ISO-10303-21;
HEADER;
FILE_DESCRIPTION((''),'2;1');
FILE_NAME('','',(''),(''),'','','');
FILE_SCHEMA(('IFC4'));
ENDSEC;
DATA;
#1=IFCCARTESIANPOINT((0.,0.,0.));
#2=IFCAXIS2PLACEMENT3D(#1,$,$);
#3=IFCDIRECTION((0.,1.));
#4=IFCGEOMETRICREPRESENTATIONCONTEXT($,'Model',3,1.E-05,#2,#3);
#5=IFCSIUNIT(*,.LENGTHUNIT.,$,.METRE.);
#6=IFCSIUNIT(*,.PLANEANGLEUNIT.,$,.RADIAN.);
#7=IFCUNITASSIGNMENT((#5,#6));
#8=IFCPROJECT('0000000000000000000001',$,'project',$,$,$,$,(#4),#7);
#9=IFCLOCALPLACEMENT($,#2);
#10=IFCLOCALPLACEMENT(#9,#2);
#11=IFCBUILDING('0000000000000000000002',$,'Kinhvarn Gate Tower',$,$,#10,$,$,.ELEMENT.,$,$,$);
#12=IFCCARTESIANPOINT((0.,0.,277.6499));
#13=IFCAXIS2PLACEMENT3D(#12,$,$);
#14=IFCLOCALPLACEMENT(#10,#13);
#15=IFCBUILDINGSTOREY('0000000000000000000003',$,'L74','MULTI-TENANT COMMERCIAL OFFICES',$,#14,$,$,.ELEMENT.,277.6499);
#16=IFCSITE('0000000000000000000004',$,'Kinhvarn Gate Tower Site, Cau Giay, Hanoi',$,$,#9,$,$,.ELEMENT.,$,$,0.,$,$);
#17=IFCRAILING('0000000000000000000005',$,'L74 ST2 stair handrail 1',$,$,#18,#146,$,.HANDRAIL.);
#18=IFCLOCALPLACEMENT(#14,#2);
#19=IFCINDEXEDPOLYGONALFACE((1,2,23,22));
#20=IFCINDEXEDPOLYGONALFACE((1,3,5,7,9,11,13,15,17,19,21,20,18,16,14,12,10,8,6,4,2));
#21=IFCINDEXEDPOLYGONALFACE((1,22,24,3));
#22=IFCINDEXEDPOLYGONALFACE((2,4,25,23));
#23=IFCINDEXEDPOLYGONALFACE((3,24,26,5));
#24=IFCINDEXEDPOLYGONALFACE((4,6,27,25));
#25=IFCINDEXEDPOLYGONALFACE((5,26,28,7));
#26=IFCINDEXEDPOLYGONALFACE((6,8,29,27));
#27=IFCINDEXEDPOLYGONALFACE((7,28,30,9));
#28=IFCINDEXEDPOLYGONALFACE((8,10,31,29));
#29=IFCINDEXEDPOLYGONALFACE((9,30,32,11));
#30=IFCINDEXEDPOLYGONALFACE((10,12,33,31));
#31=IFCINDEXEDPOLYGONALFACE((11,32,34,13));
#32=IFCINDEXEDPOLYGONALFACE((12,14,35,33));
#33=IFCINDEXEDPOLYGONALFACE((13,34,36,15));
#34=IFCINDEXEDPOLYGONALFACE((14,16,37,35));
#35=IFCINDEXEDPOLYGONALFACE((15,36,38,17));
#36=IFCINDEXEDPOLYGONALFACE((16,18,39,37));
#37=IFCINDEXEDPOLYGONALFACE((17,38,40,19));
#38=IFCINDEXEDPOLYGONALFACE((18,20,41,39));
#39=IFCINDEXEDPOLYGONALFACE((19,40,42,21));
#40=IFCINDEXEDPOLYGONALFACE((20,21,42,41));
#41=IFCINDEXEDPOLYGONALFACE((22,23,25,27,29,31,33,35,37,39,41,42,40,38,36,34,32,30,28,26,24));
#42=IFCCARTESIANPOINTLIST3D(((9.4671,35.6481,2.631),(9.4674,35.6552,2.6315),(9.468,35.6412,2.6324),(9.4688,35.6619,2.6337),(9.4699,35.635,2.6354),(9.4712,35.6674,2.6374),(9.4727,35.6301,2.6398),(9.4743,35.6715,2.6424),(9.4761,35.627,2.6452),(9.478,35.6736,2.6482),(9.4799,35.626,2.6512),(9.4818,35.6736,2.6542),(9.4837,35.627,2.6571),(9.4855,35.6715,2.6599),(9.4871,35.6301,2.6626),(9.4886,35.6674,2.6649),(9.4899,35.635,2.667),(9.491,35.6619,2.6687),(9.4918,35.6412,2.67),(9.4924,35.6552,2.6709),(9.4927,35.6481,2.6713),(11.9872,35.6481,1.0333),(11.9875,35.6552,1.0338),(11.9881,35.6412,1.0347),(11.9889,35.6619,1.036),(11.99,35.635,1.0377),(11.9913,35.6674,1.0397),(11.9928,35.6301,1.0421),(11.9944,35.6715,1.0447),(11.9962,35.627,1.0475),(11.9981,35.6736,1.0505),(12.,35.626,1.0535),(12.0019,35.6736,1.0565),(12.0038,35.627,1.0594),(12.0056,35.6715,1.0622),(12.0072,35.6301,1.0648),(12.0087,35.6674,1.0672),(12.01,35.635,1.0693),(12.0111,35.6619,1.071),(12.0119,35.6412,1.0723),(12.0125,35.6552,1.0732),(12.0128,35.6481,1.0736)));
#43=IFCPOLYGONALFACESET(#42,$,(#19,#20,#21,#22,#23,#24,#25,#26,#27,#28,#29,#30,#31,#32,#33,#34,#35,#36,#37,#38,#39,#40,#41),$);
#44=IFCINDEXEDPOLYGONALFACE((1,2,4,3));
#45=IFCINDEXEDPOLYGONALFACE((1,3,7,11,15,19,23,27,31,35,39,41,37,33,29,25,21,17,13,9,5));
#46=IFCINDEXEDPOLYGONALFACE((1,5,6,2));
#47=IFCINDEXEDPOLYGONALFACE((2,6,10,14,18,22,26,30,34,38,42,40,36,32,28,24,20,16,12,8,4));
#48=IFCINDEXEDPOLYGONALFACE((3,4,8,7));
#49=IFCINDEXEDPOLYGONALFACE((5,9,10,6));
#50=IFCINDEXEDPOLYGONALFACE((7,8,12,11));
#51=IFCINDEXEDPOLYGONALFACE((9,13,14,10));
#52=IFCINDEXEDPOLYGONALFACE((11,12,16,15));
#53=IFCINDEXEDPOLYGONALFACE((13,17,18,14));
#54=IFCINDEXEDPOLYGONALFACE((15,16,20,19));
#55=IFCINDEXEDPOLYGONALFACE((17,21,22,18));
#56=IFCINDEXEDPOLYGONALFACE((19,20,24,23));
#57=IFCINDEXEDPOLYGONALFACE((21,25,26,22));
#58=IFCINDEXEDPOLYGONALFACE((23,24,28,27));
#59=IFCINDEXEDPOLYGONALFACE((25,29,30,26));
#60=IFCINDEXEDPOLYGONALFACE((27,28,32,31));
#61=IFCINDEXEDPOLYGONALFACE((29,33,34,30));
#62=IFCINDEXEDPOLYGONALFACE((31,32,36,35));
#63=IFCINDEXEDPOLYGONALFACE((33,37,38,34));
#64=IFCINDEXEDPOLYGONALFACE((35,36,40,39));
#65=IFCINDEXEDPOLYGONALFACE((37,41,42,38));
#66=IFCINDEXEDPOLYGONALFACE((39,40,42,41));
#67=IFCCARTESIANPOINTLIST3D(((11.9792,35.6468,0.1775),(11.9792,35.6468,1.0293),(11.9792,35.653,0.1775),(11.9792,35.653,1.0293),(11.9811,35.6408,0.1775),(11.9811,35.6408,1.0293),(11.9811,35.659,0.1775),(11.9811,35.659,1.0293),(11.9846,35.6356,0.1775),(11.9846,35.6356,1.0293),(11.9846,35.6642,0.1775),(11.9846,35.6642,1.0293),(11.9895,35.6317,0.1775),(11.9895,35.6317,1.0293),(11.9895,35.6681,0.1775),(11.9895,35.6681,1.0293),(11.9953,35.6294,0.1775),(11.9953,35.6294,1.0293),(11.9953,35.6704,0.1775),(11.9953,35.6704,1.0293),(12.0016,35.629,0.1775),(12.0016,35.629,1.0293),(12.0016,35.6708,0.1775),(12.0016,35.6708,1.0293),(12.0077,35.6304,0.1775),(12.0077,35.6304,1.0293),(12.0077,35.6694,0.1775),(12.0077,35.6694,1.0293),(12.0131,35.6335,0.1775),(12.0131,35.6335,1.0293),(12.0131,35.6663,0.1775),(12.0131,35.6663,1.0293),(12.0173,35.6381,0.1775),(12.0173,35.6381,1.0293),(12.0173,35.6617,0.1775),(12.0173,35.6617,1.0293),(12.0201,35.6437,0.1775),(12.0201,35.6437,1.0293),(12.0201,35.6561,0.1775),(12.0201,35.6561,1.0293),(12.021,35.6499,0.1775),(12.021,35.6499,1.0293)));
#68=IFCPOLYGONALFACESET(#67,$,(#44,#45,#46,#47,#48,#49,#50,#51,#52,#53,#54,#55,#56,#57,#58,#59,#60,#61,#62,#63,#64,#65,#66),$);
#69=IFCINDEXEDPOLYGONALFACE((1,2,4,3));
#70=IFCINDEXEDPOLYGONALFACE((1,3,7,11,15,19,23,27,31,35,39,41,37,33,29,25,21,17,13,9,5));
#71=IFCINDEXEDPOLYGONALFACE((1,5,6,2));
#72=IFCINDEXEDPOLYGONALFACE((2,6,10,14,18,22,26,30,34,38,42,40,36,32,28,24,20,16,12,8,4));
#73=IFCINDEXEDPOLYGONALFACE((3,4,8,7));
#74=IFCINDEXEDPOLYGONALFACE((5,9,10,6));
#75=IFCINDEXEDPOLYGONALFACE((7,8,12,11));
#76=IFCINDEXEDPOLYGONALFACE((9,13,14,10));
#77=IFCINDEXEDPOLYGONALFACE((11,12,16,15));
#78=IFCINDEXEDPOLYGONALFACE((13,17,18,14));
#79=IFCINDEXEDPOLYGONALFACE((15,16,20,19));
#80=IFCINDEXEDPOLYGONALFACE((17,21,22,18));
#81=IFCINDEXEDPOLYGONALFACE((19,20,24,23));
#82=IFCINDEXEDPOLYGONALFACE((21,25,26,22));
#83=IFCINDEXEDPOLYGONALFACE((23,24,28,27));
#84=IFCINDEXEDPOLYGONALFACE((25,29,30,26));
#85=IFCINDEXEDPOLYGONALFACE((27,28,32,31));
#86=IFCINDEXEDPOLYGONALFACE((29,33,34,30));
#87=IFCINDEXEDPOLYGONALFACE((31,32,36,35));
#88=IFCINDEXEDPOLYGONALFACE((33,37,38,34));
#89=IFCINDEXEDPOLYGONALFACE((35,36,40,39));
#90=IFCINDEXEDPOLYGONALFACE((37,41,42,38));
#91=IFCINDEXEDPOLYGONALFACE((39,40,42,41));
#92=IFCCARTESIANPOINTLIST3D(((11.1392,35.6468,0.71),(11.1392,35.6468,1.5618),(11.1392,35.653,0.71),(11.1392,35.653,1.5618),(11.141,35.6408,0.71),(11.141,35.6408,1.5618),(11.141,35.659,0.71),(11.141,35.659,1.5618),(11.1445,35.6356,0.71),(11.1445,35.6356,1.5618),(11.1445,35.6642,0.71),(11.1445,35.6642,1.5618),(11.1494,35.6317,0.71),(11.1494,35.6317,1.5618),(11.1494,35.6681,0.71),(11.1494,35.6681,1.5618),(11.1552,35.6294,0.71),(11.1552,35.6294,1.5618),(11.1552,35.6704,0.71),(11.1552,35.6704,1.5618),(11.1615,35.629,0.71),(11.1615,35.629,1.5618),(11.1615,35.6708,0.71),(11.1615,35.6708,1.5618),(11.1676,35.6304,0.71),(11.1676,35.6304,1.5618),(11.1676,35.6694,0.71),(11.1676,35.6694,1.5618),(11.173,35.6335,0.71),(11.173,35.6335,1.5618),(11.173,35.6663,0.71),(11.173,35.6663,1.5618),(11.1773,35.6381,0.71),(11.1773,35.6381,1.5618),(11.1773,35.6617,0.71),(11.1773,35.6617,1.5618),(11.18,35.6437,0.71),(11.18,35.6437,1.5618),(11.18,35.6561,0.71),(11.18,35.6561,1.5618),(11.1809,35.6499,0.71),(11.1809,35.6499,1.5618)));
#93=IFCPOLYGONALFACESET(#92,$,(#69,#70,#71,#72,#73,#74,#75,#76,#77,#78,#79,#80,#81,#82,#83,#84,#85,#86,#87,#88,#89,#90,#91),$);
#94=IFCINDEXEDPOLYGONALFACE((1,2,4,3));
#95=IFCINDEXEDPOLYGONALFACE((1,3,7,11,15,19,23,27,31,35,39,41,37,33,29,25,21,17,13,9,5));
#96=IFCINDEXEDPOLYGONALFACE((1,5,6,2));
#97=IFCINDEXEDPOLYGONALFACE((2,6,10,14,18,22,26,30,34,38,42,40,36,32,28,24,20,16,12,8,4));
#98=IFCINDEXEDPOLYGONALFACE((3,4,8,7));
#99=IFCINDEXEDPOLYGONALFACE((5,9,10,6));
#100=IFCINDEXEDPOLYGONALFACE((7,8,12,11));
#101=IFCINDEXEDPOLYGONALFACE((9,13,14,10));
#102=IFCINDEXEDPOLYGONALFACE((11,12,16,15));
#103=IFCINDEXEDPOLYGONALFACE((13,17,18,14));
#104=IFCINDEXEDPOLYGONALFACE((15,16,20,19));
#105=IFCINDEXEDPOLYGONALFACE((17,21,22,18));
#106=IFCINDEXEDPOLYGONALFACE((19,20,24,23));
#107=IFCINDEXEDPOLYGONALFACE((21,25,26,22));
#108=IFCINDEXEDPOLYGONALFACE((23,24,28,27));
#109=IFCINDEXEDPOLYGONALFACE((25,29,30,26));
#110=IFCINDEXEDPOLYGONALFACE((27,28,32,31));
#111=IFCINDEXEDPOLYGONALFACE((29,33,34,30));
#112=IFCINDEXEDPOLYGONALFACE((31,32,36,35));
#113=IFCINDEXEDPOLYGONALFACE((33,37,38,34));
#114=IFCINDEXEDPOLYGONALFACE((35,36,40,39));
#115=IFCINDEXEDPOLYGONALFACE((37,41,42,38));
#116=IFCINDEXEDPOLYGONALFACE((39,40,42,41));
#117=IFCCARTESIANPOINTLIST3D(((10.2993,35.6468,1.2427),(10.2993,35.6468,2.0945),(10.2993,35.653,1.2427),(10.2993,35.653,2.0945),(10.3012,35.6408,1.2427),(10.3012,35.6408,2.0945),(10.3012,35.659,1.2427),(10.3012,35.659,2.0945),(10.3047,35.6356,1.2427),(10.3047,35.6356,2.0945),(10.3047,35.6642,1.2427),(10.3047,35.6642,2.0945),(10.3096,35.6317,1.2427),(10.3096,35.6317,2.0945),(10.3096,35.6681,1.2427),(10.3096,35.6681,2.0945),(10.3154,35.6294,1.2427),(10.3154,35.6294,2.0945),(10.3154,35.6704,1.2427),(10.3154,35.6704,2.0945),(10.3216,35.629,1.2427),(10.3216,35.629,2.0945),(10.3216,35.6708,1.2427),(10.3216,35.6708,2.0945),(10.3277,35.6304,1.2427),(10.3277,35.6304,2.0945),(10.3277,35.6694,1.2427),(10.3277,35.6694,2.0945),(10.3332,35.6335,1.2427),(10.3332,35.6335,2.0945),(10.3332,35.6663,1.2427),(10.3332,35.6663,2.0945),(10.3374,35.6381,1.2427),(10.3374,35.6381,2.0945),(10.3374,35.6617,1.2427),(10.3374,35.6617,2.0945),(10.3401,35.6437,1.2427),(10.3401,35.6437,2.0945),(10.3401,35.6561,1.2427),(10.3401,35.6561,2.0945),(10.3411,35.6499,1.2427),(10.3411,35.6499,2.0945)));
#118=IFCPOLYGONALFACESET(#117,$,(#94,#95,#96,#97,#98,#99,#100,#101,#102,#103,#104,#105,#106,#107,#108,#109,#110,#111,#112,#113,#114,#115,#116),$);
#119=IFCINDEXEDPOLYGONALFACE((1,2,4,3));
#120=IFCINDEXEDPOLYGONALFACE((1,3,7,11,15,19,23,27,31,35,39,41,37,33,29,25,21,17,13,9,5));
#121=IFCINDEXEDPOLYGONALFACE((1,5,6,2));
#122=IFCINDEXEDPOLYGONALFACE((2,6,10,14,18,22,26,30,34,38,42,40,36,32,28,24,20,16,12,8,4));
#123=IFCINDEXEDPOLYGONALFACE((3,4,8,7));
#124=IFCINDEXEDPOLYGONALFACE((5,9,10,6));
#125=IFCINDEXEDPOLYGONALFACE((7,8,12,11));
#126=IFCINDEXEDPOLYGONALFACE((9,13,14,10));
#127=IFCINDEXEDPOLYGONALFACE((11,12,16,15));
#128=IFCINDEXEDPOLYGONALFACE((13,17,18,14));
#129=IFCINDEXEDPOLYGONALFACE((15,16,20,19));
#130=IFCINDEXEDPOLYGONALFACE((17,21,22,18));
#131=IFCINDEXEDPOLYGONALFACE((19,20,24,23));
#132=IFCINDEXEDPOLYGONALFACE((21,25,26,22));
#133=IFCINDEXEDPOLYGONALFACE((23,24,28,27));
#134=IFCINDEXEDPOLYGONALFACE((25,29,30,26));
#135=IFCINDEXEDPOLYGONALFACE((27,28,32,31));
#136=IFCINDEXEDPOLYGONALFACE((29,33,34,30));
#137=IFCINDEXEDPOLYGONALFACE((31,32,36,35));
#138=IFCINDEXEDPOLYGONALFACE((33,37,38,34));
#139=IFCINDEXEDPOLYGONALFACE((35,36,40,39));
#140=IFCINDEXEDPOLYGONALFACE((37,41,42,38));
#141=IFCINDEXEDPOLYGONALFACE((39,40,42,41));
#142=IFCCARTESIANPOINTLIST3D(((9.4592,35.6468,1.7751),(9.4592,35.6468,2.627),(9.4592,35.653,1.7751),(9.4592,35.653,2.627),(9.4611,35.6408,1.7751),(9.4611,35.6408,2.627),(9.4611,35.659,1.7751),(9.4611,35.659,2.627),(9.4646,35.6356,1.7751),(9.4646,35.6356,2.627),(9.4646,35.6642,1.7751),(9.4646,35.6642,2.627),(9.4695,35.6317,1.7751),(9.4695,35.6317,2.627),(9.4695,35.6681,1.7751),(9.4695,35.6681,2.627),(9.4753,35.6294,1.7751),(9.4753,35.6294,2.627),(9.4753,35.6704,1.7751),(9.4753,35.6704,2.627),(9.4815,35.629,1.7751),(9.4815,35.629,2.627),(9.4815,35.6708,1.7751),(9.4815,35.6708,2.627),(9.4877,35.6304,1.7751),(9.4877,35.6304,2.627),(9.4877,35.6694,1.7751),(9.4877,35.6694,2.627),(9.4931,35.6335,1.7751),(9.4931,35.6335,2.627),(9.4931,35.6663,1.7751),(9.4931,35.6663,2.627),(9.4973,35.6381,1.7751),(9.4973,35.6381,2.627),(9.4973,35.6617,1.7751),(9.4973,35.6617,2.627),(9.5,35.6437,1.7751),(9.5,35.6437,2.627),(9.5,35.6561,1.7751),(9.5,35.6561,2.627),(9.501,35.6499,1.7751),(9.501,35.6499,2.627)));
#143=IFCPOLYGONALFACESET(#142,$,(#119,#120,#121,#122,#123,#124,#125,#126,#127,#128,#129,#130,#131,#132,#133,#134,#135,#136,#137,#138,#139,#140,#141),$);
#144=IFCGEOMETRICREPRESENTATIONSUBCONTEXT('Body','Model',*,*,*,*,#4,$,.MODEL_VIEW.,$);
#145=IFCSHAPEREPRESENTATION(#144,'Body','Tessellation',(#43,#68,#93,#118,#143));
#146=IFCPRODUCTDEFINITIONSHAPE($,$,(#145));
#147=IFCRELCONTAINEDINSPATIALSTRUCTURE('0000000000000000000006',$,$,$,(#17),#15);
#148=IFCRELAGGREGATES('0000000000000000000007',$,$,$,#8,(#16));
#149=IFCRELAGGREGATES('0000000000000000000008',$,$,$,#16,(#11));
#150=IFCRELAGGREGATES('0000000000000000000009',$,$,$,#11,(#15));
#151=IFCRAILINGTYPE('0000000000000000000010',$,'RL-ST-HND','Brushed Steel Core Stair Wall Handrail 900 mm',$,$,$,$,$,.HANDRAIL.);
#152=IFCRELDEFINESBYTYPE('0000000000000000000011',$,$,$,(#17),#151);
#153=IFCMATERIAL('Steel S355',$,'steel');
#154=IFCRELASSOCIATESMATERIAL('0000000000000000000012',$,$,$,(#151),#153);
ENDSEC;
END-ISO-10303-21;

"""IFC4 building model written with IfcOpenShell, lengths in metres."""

from ifc_helpers import new_model, si_unit, direction, frame, origin, origin_2d, place, context, subcontext, project, spatial, circle, extrude, material, type_object, element, save


model = new_model("IFC4")

# Units and contexts
model_context = context("Model", 3, precision=1e-05, world=origin(), true_north=direction((0.0, 1.0)))
body_context = subcontext(model_context, "Body", "Model", "MODEL_VIEW")
ifc_project = project(units=[si_unit("LENGTHUNIT", "METRE"), si_unit("PLANEANGLEUNIT", "RADIAN")], contexts=[model_context])

# Site, building, storey
site_placement = place(None, origin())
site = spatial("IfcSite", under=ifc_project, at=site_placement, Name="Kinhvarn Gate Tower Site, Cau Giay, Hanoi", CompositionType="ELEMENT", RefElevation=0.0)
building_placement = place(site_placement, origin())
building = spatial("IfcBuilding", under=site, at=building_placement, Name="Kinhvarn Gate Tower", CompositionType="ELEMENT")
storey_placement = place(building_placement, frame((0.0, 0.0, 277.6499)))
storey = spatial("IfcBuildingStorey", under=building, at=storey_placement, Name="L74", Description="MULTI-TENANT COMMERCIAL OFFICES", CompositionType="ELEMENT", Elevation=277.6499)

# Shared definitions
ifc_material_1 = material(Name="Steel S355", Category="steel")

# Railing
railing_type_1 = type_object("IfcRailingType", Name="RL-ST-HND", Description="Brushed Steel Core Stair Wall Handrail 900 mm", PredefinedType="HANDRAIL", material=ifc_material_1)
railing_1_placement = place(storey_placement, frame((12.0, 35.6499, 0.1775)))
element("IfcRailing", 1, at=railing_1_placement, inside=storey, type_object=railing_type_1, Name="L74 ST2 stair handrail 1", PredefinedType="HANDRAIL", context=body_context, shape_type="SweptSolid", body=[
    extrude(circle(Radius=0.0239, at=origin_2d()), frame((0.0, 0.0, 0.876), z_axis=(-0.84457, 0.0, 0.535445), x_axis=(0.0, -1.0, 0.0)), (0.0, 0.0, 1.0), 2.9839),
    extrude(circle(Radius=0.021, at=origin_2d()), origin(), (0.0, 0.0, 1.0), 0.8518),
    extrude(circle(Radius=0.021, at=origin_2d()), frame((-0.8401, 0.0, 0.5325)), (0.0, 0.0, 1.0), 0.8518),
    extrude(circle(Radius=0.021, at=origin_2d()), frame((-1.6799, 0.0, 1.0652)), (0.0, 0.0, 1.0), 0.8518),
    extrude(circle(Radius=0.021, at=origin_2d()), frame((-2.52, 0.0, 1.5977)), (0.0, 0.0, 1.0), 0.8518),
])

save(model, "model.ifc")
